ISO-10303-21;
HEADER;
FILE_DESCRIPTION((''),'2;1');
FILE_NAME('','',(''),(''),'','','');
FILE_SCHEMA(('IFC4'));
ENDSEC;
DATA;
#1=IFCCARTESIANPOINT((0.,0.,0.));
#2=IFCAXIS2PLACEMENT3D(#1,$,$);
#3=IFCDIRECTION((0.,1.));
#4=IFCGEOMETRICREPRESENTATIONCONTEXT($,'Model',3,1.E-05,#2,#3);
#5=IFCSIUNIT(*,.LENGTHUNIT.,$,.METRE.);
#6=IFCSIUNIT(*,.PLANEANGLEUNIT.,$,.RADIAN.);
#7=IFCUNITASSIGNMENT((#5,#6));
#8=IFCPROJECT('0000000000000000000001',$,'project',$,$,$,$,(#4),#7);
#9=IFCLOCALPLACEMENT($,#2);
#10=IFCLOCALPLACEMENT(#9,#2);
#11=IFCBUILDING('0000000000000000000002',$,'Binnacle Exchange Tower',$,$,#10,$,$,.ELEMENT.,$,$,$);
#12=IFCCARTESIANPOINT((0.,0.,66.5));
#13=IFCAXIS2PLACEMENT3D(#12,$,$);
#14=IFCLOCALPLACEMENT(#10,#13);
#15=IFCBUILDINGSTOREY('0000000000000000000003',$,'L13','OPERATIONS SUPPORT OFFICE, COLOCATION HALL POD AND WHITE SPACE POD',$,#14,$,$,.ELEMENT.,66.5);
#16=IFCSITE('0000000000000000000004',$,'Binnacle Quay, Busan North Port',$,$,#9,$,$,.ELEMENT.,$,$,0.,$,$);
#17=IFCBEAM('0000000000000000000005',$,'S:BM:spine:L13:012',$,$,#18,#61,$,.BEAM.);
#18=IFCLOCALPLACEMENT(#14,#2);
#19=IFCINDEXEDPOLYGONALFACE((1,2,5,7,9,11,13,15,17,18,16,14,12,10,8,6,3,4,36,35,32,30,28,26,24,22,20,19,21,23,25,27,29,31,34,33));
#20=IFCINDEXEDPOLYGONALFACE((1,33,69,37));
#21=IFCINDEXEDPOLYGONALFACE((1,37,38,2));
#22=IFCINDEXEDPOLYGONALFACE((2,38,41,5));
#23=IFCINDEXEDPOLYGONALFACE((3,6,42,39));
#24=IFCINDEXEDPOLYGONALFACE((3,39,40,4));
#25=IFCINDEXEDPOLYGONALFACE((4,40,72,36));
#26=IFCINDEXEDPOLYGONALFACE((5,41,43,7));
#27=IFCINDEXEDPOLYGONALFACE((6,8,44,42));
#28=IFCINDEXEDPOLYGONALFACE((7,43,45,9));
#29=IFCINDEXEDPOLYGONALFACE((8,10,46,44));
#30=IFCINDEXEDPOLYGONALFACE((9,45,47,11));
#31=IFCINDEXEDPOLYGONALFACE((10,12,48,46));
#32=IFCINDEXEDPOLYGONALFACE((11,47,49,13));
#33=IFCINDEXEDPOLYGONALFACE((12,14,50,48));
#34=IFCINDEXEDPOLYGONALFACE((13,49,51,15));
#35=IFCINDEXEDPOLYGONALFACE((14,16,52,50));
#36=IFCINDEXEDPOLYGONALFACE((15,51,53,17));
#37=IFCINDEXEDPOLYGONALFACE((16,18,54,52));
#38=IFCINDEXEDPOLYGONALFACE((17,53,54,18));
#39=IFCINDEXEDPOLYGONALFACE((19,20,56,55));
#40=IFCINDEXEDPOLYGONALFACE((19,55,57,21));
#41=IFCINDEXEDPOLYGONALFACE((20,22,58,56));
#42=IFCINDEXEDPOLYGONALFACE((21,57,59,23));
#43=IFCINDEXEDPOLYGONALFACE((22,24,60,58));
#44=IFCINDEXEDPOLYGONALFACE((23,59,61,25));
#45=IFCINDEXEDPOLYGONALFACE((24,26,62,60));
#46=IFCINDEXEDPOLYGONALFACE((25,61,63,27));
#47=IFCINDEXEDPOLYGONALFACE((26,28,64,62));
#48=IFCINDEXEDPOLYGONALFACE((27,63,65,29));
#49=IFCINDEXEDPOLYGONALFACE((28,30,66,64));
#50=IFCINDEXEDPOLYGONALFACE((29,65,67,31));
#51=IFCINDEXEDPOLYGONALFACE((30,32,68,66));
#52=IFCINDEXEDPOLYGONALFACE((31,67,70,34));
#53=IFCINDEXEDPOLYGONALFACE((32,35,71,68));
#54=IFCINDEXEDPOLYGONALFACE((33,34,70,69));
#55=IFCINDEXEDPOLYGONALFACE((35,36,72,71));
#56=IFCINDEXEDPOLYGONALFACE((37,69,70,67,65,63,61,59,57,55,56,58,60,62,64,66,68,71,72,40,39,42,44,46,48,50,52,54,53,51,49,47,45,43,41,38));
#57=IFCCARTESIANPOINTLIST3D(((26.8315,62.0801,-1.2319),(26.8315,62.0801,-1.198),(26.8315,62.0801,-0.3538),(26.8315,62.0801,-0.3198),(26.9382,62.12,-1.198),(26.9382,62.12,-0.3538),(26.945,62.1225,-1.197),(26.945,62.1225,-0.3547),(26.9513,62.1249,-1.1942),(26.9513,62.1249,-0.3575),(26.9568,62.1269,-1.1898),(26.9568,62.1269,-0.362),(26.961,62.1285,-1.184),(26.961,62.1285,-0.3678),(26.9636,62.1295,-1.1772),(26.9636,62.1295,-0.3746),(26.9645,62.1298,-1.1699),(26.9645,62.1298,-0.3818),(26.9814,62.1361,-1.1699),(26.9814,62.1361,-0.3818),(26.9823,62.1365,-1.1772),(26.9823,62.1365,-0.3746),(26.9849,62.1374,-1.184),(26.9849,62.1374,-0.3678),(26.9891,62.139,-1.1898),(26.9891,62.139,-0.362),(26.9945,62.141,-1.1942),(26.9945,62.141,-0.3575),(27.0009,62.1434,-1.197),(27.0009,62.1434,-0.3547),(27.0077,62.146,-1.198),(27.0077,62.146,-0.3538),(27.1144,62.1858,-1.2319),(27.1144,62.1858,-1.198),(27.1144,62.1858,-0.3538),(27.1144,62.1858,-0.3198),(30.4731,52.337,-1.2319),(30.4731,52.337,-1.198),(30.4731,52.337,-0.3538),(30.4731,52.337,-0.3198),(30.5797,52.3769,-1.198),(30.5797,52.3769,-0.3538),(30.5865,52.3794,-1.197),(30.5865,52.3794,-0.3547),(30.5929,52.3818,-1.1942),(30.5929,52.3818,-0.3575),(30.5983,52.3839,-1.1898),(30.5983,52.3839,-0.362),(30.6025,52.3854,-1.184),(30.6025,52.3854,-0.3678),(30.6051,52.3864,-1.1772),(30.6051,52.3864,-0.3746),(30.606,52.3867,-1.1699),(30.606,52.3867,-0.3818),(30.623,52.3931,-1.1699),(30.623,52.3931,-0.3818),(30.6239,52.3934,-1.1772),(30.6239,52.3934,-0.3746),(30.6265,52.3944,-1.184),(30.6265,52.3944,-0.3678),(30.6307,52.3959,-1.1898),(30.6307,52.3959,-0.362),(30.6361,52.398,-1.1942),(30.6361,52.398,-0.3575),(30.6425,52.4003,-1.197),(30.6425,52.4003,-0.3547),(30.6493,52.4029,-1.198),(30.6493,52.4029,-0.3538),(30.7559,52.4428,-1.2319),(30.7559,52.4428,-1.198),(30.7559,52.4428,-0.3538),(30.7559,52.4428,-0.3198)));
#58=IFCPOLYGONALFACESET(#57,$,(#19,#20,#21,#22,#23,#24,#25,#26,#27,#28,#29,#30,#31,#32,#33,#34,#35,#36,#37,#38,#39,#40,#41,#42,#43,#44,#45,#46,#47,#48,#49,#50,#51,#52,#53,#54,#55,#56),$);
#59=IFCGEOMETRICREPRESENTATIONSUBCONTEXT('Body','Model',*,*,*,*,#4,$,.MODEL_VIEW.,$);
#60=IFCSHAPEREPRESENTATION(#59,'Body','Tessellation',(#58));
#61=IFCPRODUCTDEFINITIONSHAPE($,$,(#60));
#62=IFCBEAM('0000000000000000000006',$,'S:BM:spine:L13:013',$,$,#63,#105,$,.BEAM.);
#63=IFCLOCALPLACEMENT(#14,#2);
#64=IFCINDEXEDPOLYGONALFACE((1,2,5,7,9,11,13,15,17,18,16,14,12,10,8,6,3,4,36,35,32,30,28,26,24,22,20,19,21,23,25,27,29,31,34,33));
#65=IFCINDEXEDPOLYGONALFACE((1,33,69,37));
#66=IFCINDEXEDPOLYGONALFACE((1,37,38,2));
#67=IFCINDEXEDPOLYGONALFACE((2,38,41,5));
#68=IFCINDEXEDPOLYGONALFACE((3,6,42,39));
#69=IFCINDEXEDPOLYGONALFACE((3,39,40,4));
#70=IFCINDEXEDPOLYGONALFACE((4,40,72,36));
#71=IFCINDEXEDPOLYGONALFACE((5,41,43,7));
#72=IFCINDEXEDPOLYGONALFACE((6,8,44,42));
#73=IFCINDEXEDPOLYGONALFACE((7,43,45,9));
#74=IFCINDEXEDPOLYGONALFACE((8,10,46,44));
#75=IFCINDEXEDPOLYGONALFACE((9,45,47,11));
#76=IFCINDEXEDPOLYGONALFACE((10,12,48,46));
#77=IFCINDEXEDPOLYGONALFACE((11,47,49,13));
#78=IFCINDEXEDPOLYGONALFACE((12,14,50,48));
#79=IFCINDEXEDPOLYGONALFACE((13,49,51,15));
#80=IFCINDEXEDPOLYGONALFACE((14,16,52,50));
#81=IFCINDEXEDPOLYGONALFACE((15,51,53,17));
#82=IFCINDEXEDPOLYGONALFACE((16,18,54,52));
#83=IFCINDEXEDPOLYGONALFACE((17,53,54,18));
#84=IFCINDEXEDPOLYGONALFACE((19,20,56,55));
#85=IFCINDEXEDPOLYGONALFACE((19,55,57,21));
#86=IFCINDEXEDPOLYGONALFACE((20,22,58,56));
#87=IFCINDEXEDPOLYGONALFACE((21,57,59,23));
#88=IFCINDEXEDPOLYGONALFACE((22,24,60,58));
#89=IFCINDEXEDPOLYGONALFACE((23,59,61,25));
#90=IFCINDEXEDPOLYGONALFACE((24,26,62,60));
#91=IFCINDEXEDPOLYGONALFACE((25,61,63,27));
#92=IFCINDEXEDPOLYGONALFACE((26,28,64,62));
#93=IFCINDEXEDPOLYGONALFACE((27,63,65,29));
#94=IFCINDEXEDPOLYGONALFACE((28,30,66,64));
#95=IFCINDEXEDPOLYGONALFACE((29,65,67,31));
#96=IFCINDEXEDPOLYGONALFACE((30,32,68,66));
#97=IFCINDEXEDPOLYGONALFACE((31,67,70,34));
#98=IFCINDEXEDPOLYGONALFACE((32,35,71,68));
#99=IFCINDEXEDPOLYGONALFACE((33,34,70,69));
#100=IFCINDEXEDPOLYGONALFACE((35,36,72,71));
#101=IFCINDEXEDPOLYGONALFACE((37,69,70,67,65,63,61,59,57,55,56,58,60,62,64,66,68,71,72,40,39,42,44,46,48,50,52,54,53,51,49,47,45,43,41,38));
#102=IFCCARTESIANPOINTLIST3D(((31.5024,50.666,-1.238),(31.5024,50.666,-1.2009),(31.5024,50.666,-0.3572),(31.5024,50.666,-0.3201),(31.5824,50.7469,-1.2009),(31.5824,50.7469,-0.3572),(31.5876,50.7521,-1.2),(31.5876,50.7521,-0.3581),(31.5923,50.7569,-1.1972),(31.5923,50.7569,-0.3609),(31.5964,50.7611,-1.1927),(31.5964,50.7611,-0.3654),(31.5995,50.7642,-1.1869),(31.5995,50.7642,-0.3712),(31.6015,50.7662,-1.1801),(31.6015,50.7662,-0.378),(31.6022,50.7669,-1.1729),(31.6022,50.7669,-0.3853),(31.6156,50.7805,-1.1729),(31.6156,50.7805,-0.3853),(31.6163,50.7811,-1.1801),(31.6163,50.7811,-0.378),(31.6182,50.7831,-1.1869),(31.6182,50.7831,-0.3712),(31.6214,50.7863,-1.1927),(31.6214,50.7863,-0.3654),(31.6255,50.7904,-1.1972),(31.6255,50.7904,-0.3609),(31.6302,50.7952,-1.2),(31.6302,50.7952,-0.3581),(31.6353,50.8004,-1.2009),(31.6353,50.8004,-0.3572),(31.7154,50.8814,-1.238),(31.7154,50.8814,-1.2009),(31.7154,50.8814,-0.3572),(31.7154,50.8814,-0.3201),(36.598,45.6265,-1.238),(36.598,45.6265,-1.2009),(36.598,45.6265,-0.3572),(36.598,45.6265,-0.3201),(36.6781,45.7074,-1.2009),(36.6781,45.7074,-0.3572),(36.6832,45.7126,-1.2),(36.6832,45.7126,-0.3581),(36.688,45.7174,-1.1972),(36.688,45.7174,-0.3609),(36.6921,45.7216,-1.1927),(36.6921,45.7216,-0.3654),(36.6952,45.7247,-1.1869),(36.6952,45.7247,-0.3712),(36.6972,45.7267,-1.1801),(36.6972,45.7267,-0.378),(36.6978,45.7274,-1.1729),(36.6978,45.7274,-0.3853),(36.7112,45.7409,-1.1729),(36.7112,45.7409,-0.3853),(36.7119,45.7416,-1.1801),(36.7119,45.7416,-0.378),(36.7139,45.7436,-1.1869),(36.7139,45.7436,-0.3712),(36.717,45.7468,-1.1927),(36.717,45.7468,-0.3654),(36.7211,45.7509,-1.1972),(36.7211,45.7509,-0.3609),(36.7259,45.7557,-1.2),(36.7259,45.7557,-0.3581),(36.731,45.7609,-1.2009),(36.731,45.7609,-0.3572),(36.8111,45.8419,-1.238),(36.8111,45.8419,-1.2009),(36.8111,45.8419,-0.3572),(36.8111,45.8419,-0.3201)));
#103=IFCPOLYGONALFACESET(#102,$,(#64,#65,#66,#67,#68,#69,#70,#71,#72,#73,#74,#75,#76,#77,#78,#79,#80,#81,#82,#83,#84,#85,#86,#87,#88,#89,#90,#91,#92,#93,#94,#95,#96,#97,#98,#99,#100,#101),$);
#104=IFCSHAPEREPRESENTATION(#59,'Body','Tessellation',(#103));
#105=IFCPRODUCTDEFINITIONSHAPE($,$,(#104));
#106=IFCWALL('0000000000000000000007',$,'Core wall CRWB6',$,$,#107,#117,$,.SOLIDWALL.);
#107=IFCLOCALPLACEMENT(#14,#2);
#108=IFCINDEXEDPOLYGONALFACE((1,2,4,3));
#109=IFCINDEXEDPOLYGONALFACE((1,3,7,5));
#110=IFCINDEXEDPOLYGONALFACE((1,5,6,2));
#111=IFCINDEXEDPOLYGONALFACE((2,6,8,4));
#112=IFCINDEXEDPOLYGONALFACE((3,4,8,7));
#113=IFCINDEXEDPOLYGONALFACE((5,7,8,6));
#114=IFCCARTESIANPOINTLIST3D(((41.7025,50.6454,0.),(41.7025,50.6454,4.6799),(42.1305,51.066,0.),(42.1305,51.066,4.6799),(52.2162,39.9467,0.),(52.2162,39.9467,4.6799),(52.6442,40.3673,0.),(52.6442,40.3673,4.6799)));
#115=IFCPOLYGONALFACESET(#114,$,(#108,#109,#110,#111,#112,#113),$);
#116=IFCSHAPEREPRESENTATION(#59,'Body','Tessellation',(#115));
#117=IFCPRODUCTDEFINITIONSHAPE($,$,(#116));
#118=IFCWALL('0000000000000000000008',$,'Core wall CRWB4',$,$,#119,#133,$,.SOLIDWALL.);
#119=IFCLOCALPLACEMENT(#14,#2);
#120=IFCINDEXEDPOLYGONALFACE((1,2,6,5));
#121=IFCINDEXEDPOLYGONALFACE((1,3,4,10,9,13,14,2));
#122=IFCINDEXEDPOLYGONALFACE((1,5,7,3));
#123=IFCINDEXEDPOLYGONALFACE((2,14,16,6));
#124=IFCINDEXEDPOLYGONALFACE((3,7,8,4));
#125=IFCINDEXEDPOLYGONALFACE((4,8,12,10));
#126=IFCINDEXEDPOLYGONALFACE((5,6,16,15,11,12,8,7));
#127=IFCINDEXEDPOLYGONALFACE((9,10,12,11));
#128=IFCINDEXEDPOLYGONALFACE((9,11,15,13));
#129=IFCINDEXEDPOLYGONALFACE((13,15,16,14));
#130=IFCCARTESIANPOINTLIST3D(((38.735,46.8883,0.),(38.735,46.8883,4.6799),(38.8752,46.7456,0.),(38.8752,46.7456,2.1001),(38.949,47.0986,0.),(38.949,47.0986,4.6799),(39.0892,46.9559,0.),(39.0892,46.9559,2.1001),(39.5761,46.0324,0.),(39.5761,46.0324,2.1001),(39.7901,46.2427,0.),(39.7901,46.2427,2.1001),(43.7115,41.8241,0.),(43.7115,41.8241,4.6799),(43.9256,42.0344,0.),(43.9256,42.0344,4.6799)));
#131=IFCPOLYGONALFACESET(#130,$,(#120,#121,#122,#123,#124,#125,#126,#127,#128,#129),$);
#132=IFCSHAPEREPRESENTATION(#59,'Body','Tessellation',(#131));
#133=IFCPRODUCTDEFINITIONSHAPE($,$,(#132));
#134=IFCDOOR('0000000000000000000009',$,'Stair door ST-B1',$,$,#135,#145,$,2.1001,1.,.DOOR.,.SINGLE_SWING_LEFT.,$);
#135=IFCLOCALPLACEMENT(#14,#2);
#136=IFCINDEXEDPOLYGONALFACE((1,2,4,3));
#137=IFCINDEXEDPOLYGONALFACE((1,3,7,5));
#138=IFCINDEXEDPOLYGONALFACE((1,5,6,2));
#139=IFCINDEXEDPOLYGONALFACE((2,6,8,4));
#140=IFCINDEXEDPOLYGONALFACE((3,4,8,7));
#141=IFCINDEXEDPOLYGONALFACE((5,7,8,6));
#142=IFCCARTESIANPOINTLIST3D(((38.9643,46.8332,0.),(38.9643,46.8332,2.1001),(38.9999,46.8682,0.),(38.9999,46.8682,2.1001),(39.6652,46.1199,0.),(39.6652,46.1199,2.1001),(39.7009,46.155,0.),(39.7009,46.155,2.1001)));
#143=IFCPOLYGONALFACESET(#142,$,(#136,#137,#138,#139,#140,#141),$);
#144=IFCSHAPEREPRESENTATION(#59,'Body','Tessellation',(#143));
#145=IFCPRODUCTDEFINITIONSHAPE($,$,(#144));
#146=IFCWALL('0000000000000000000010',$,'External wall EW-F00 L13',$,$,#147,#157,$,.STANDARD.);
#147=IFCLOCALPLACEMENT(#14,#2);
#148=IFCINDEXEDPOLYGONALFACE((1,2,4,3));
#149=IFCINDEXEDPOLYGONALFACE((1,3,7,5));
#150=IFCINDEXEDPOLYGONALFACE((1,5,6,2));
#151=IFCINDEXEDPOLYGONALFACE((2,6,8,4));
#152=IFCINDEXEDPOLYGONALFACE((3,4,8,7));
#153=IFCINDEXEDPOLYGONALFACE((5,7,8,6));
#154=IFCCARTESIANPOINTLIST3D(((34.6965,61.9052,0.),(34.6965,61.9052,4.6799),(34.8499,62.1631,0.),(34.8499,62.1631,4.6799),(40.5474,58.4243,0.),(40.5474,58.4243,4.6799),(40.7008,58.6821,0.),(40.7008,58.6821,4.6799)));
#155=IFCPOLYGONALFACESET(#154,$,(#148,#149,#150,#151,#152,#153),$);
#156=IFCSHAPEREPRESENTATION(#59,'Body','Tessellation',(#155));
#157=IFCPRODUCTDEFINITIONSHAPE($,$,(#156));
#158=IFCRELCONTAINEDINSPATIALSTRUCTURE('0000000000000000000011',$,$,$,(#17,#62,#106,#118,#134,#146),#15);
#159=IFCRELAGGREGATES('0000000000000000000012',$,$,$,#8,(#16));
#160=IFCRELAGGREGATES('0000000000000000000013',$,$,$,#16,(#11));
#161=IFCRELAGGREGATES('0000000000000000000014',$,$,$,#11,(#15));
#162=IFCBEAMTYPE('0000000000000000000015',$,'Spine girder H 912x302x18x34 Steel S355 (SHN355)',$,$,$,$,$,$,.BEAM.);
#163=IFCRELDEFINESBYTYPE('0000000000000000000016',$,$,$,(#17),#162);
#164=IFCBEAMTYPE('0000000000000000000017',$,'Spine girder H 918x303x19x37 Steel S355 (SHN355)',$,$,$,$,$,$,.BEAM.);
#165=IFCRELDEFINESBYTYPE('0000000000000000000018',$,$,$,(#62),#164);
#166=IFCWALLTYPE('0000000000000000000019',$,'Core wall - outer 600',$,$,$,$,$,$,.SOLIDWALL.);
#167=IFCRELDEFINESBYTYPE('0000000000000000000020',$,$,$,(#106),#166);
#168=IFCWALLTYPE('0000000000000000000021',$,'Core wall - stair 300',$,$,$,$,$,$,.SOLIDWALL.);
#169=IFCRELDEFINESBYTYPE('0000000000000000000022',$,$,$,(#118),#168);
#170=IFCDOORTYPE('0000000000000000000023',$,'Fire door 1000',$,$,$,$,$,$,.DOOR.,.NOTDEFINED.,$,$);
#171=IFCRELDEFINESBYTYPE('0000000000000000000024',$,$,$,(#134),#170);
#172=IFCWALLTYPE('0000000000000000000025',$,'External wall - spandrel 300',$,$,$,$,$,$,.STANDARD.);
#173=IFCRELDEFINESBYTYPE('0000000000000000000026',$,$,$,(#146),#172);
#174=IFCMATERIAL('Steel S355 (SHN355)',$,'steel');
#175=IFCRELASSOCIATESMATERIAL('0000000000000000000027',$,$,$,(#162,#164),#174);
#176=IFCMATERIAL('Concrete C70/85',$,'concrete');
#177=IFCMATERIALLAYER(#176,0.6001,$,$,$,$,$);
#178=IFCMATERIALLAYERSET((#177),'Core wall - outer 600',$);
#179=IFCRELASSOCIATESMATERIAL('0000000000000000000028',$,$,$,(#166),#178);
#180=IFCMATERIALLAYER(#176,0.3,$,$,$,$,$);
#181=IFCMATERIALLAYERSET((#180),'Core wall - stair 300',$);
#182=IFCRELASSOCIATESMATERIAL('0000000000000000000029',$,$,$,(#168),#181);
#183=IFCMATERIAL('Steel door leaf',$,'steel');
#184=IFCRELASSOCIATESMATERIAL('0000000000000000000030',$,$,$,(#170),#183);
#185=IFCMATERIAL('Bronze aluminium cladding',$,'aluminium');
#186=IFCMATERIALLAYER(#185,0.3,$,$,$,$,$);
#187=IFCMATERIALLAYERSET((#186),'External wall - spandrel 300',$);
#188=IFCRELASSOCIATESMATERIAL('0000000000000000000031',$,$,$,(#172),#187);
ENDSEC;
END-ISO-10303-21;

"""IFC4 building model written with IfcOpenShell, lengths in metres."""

from ifc_helpers import new_model, si_unit, direction, frame, frame_2d, origin, origin_2d, place, context, subcontext, project, spatial, rectangle, i_section, extrude, material, layer, layer_set, material_profile, profile_set, type_object, element, fill, save


model = new_model("IFC4")

# Units and contexts
model_context = context("Model", 3, precision=1e-05, world=origin(), true_north=direction((0.0, 1.0)))
body_context = subcontext(model_context, "Body", "Model", "MODEL_VIEW")
ifc_project = project(units=[si_unit("LENGTHUNIT", "METRE"), si_unit("PLANEANGLEUNIT", "RADIAN")], contexts=[model_context])

# Site, building, storey
site_placement = place(None, origin())
site = spatial("IfcSite", under=ifc_project, at=site_placement, Name="Binnacle Quay, Busan North Port", CompositionType="ELEMENT", RefElevation=0.0)
building_placement = place(site_placement, origin())
building = spatial("IfcBuilding", under=site, at=building_placement, Name="Binnacle Exchange Tower", CompositionType="ELEMENT")
storey_placement = place(building_placement, frame((0.0, 0.0, 66.5)))
storey = spatial("IfcBuildingStorey", under=building, at=storey_placement, Name="L13", Description="OPERATIONS SUPPORT OFFICE, COLOCATION HALL POD AND WHITE SPACE POD", CompositionType="ELEMENT", Elevation=66.5)

# Shared definitions
ifc_material_1 = material(Name="Concrete C70/85", Category="concrete")

# Beams
ifc_material_2 = material(Name="Steel S355 (SHN355)", Category="steel")
ifc_material_profile_1 = material_profile(ifc_material_2, i_section(OverallWidth=0.302, OverallDepth=0.9121, WebThickness=0.0181, FlangeThickness=0.0339, FilletRadius=0.0281, at=origin_2d()), Name="H 912x302x18x34")
ifc_profile_set_1 = profile_set([ifc_material_profile_1], Name="Steel S355 (SHN355)")
beam_type_1 = type_object("IfcBeamType", Name="Spine girder H 912x302x18x34 Steel S355 (SHN355)", PredefinedType="BEAM", material=ifc_profile_set_1)
beam_1_placement = place(storey_placement, frame((30.6145, 52.3899, -0.7759), z_axis=(-0.350105, 0.936711, 0.0), x_axis=(-0.936711, -0.350105, 0.0)))
element("IfcBeam", 1, at=beam_1_placement, inside=storey, type_object=beam_type_1, Name="S:BM:spine:L13:012", PredefinedType="BEAM", context=body_context, shape_type="SweptSolid", body=[
    extrude(i_section(OverallWidth=0.302, OverallDepth=0.9121, WebThickness=0.0181, FlangeThickness=0.0339, FilletRadius=0.0281, at=origin_2d()), origin(), (0.0, 0.0, 1.0), 10.4014),
])
ifc_material_profile_2 = material_profile(ifc_material_2, i_section(OverallWidth=0.303, OverallDepth=0.918, WebThickness=0.019, FlangeThickness=0.0371, FilletRadius=0.0281, at=origin_2d()), Name="H 918x303x19x37")
ifc_profile_set_2 = profile_set([ifc_material_profile_2], Name="Steel S355 (SHN355)")
beam_type_2 = type_object("IfcBeamType", Name="Spine girder H 918x303x19x37 Steel S355 (SHN355)", PredefinedType="BEAM", material=ifc_profile_set_2)
beam_2_placement = place(storey_placement, frame((31.6089, 50.7737, -0.7791), z_axis=(0.711013, -0.703178, 0.0), x_axis=(0.703178, 0.711013, 0.0)))
element("IfcBeam", 2, at=beam_2_placement, inside=storey, type_object=beam_type_2, Name="S:BM:spine:L13:013", PredefinedType="BEAM", context=body_context, shape_type="SweptSolid", body=[
    extrude(i_section(OverallWidth=0.303, OverallDepth=0.918, WebThickness=0.019, FlangeThickness=0.0371, FilletRadius=0.0281, at=origin_2d()), origin(), (0.0, 0.0, 1.0), 7.1667),
])

# Wall
ifc_layer_1 = layer(ifc_material_1, 0.6001)
ifc_layer_set_1 = layer_set([ifc_layer_1], Name="Core wall - outer 600")
wall_type_1 = type_object("IfcWallType", Name="Core wall - outer 600", PredefinedType="SOLIDWALL", material=ifc_layer_set_1)
wall_1_placement = place(storey_placement, frame((41.9165, 50.8557, 0.0), z_axis=(0.0, 0.0, 1.0), x_axis=(0.700911, -0.713248, 0.0)))
element("IfcWall", 3, at=wall_1_placement, inside=storey, type_object=wall_type_1, Name="Core wall CRWB6", PredefinedType="SOLIDWALL", context=body_context, shape_type="SweptSolid", body=[
    extrude(rectangle(XDim=15.0, YDim=0.6001, at=frame_2d((7.5, 0.0))), origin(), (0.0, 0.0, 1.0), 4.6799),
])

# Wall, opening, door
ifc_layer_2 = layer(ifc_material_1, 0.3)
ifc_layer_set_2 = layer_set([ifc_layer_2], Name="Core wall - stair 300")
wall_type_2 = type_object("IfcWallType", Name="Core wall - stair 300", PredefinedType="SOLIDWALL", material=ifc_layer_set_2)
wall_2_placement = place(storey_placement, frame((38.842, 46.9934, 0.0), z_axis=(0.0, 0.0, 1.0), x_axis=(0.700908, -0.713252, 0.0)))
wall_2 = element("IfcWall", 4, at=wall_2_placement, inside=storey, type_object=wall_type_2, Name="Core wall CRWB4", PredefinedType="SOLIDWALL", context=body_context, shape_type="SweptSolid", body=[
    extrude(rectangle(XDim=7.1001, YDim=0.3, at=frame_2d((3.55, 0.0))), origin(), (0.0, 0.0, 1.0), 4.6799),
])
opening_1_placement = place(wall_2_placement, frame((0.2, 0.0, 0.0)))
opening_1 = element("IfcOpeningElement", 5, at=opening_1_placement, cuts=wall_2, PredefinedType="OPENING", context=body_context, shape_type="SweptSolid", body=[
    extrude(rectangle(XDim=1.0, YDim=2.1001, at=frame_2d((0.5, 1.05))), frame((0.0, 0.1599, 0.0), z_axis=(0.0, -1.0, 0.0), x_axis=(1.0, 0.0, 0.0)), (0.0, 0.0, 1.0), 0.3201),
])
ifc_material_3 = material(Name="Steel door leaf", Category="steel")
door_type = type_object("IfcDoorType", Name="Fire door 1000", OperationType="NOTDEFINED", PredefinedType="DOOR", material=ifc_material_3)
door_placement = place(opening_1_placement, origin())
door = element("IfcDoor", 6, at=door_placement, inside=storey, type_object=door_type, Name="Stair door ST-B1", OperationType="SINGLE_SWING_LEFT", OverallHeight=2.1001, OverallWidth=1.0, PredefinedType="DOOR", context=body_context, shape_type="SweptSolid", body=[
    extrude(rectangle(XDim=1.0, YDim=2.1001, at=frame_2d((0.5, 1.05))), frame((0.0, 0.0249, 0.0), z_axis=(0.0, -1.0, 0.0), x_axis=(1.0, 0.0, 0.0)), (0.0, 0.0, 1.0), 0.05),
])
fill(opening_1, door)

# Wall
ifc_material_4 = material(Name="Bronze aluminium cladding", Category="aluminium")
ifc_layer_3 = layer(ifc_material_4, 0.3)
ifc_layer_set_3 = layer_set([ifc_layer_3], Name="External wall - spandrel 300")
wall_type_3 = type_object("IfcWallType", Name="External wall - spandrel 300", PredefinedType="STANDARD", material=ifc_layer_set_3)
wall_3_placement = place(storey_placement, frame((34.7732, 62.0342, 0.0), z_axis=(0.0, 0.0, 1.0), x_axis=(0.859401, -0.511302, 0.0)))
element("IfcWall", 7, at=wall_3_placement, inside=storey, type_object=wall_type_3, Name="External wall EW-F00 L13", PredefinedType="STANDARD", context=body_context, shape_type="SweptSolid", body=[
    extrude(rectangle(XDim=6.8081, YDim=0.3, at=frame_2d((3.4041, 0.0))), origin(), (0.0, 0.0, 1.0), 4.6799),
])

save(model, "model.ifc")
